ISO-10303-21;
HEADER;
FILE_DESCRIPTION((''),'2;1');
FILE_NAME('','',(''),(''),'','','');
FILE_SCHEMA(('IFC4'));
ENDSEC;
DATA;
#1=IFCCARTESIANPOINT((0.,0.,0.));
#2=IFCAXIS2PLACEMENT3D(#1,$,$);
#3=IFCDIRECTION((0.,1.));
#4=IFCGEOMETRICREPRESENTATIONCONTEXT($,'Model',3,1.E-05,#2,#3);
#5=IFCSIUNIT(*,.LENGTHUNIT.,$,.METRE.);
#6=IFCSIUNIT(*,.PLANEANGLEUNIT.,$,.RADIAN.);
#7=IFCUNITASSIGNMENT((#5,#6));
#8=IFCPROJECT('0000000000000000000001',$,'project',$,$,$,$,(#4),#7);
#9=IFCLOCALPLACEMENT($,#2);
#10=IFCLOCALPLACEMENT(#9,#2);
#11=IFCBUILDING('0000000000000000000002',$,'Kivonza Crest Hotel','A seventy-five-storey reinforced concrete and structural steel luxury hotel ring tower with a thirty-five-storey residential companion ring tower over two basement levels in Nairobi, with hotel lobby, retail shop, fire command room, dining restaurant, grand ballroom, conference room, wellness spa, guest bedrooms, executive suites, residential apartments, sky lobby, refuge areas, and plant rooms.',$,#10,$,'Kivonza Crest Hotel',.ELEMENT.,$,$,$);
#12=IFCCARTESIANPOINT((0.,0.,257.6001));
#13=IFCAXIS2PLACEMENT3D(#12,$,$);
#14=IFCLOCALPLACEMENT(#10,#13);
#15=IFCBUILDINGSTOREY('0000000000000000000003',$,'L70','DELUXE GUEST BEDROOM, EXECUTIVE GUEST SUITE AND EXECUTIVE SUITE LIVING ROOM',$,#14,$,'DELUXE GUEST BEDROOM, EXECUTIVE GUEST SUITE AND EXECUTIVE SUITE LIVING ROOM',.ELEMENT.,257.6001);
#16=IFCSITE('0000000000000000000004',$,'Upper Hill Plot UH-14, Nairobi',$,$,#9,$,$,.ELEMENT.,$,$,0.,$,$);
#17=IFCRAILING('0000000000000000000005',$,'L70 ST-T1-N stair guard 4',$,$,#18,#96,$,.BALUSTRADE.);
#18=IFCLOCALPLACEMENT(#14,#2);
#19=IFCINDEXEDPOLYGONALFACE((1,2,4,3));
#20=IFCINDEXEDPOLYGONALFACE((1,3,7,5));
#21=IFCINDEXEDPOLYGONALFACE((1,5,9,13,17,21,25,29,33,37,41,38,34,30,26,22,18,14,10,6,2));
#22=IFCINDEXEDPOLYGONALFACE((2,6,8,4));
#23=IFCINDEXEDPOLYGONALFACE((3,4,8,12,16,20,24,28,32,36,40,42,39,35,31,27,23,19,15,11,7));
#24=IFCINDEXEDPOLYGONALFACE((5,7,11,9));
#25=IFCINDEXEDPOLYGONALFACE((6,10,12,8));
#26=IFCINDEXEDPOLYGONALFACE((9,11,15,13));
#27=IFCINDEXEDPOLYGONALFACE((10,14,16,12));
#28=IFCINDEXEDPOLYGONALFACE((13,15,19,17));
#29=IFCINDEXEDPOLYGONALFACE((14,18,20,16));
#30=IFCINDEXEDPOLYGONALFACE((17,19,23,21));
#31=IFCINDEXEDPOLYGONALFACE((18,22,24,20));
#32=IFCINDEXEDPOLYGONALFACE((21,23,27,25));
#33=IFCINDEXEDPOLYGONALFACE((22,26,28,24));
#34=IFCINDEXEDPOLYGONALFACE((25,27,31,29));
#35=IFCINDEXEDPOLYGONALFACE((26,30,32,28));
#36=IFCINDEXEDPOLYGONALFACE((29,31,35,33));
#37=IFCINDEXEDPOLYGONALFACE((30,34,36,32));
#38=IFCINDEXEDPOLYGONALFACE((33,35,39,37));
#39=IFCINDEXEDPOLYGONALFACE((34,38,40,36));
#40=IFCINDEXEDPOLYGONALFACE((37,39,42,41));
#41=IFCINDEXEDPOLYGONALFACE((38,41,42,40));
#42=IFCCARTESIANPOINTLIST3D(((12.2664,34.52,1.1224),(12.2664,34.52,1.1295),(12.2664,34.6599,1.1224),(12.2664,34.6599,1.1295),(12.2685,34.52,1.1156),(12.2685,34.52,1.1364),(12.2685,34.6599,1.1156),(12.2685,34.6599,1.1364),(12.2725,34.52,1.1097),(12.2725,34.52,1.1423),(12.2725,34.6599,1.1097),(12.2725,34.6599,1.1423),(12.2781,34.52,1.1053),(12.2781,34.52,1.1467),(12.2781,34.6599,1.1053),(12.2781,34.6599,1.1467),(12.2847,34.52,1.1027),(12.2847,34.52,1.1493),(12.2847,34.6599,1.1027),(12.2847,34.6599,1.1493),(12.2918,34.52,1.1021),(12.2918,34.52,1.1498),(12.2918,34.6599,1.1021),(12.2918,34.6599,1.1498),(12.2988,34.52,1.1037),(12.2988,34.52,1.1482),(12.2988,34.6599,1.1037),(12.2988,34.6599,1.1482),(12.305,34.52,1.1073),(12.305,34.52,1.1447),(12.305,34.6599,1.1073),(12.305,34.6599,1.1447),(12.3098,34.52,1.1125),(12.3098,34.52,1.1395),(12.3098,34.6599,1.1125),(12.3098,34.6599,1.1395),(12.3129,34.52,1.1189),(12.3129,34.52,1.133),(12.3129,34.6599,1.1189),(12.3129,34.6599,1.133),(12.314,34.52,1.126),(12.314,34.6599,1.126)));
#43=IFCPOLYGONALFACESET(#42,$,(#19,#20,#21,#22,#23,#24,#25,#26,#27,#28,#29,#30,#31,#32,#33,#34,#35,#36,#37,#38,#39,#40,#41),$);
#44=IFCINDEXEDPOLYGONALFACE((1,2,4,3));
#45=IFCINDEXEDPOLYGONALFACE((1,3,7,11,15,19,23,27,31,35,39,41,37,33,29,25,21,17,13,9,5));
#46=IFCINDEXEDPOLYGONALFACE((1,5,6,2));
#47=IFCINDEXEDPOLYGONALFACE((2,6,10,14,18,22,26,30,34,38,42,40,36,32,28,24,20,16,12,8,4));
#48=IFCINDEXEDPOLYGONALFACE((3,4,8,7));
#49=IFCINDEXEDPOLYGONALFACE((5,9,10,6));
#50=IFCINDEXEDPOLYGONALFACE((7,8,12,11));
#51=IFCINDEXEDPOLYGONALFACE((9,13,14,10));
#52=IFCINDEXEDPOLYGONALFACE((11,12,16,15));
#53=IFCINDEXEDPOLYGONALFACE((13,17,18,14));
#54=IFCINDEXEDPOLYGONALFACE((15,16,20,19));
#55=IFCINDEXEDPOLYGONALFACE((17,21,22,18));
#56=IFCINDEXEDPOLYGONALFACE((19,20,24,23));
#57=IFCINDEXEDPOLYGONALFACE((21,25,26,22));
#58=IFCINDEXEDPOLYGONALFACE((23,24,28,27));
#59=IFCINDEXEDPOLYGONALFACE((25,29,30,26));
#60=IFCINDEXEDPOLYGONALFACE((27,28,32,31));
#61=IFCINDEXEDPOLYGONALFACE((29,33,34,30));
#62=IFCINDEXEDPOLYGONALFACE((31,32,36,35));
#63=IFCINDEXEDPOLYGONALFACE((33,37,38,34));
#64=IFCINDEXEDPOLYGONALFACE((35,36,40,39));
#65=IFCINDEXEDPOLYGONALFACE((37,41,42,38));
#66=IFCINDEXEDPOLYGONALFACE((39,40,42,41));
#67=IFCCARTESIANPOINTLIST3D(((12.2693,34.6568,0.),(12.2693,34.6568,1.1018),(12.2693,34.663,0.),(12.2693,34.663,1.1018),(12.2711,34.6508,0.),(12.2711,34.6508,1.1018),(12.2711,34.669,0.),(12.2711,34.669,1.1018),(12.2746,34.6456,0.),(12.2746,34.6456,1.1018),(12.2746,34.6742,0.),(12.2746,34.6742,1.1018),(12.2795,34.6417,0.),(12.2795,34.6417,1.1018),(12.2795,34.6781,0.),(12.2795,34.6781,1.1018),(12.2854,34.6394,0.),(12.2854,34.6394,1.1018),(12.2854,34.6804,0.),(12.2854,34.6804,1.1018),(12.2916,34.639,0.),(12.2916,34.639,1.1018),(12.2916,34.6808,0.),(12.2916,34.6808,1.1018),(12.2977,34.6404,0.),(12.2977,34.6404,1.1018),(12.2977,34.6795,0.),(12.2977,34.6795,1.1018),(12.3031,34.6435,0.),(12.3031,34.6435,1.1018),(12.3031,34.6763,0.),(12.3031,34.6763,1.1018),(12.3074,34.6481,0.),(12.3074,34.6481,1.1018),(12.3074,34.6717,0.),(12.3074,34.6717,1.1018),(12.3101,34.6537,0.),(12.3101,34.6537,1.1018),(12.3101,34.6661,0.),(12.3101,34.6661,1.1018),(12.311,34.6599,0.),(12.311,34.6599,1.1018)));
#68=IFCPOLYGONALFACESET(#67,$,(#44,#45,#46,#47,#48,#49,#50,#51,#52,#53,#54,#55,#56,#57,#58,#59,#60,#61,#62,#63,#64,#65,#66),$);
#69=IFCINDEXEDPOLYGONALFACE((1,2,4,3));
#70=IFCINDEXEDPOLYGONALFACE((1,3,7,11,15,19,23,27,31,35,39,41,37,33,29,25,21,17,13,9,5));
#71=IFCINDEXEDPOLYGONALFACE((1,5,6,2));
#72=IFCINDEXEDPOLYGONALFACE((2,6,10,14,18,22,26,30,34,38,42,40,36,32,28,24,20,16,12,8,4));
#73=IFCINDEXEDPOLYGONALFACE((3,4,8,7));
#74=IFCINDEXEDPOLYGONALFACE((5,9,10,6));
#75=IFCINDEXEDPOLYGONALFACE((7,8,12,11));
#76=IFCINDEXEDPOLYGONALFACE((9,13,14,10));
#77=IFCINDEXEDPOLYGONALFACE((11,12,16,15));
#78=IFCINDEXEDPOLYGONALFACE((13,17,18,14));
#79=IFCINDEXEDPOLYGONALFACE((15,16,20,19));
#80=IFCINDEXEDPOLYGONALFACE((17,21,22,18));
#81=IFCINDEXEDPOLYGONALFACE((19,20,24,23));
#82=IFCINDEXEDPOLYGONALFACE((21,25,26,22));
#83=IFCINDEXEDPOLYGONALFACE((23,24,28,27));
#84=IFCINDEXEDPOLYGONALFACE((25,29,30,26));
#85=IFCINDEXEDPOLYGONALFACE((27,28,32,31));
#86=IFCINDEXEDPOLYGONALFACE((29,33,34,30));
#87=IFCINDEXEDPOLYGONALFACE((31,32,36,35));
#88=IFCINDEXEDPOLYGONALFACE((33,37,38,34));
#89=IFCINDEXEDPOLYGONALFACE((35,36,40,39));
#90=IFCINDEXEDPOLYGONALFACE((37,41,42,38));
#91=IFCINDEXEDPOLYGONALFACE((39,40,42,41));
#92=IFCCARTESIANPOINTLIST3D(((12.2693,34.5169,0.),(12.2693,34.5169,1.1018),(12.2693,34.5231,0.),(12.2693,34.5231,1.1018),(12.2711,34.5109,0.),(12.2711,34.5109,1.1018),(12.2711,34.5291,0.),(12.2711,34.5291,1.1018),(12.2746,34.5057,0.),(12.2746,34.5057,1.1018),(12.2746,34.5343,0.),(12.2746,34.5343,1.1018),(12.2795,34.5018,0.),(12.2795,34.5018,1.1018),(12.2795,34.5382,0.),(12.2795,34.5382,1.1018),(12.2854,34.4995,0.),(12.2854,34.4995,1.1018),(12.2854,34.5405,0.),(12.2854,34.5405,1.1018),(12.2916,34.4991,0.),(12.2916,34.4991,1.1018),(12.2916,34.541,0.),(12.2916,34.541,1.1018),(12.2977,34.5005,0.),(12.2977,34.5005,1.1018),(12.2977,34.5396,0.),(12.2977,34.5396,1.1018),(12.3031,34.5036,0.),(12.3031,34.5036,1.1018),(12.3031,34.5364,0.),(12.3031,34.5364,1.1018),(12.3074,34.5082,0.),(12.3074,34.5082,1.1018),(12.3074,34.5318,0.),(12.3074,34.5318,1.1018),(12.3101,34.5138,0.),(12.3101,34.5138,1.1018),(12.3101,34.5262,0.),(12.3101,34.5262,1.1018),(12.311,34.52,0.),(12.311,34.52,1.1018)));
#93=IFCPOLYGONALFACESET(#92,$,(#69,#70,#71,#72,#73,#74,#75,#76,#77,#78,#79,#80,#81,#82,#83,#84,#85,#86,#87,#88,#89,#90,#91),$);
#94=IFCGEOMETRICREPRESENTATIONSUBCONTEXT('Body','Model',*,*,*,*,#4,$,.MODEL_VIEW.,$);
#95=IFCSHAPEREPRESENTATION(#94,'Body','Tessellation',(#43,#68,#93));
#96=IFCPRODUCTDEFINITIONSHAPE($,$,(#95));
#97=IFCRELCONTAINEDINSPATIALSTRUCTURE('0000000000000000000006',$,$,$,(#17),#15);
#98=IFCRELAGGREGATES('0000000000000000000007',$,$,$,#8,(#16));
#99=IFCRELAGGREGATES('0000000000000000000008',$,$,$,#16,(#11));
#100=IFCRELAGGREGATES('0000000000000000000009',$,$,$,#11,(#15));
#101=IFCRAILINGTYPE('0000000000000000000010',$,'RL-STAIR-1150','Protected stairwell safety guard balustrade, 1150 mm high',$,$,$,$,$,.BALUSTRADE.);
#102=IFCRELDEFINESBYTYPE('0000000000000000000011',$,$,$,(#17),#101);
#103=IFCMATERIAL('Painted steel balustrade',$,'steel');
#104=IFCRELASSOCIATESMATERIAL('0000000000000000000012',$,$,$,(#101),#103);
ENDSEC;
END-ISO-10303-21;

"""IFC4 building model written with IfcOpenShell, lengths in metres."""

from ifc_helpers import new_model, si_unit, direction, frame, origin, origin_2d, place, context, subcontext, project, spatial, circle, extrude, material, type_object, element, save


model = new_model("IFC4")

# Units and contexts
model_context = context("Model", 3, precision=1e-05, world=origin(), true_north=direction((0.0, 1.0)))
body_context = subcontext(model_context, "Body", "Model", "MODEL_VIEW")
ifc_project = project(units=[si_unit("LENGTHUNIT", "METRE"), si_unit("PLANEANGLEUNIT", "RADIAN")], contexts=[model_context])

# Site, building, storey
site_placement = place(None, origin())
site = spatial("IfcSite", under=ifc_project, at=site_placement, Name="Upper Hill Plot UH-14, Nairobi", CompositionType="ELEMENT", RefElevation=0.0)
building_placement = place(site_placement, origin())
building = spatial("IfcBuilding", under=site, at=building_placement, Name="Kivonza Crest Hotel", Description="A seventy-five-storey reinforced concrete and structural steel luxury hotel ring tower with a thirty-five-storey residential companion ring tower over two basement levels in Nairobi, with hotel lobby, retail shop, fire command room, dining restaurant, grand ballroom, conference room, wellness spa, guest bedrooms, executive suites, residential apartments, sky lobby, refuge areas, and plant rooms.", LongName="Kivonza Crest Hotel", CompositionType="ELEMENT")
storey_placement = place(building_placement, frame((0.0, 0.0, 257.6001)))
storey = spatial("IfcBuildingStorey", under=building, at=storey_placement, Name="L70", Description="DELUXE GUEST BEDROOM, EXECUTIVE GUEST SUITE AND EXECUTIVE SUITE LIVING ROOM", LongName="DELUXE GUEST BEDROOM, EXECUTIVE GUEST SUITE AND EXECUTIVE SUITE LIVING ROOM", CompositionType="ELEMENT", Elevation=257.6001)

# Railing
ifc_material_1 = material(Name="Painted steel balustrade", Category="steel")
railing_type_1 = type_object("IfcRailingType", Name="RL-STAIR-1150", Description="Protected stairwell safety guard balustrade, 1150 mm high", PredefinedType="BALUSTRADE", material=ifc_material_1)
railing_1_placement = place(storey_placement, frame((12.29, 34.6599, 0.0)))
element("IfcRailing", 1, at=railing_1_placement, inside=storey, type_object=railing_type_1, Name="L70 ST-T1-N stair guard 4", PredefinedType="BALUSTRADE", context=body_context, shape_type="SweptSolid", body=[
    extrude(circle(Radius=0.0239, at=origin_2d()), frame((0.0, 0.0, 1.126), z_axis=(0.0, -1.0, 0.0), x_axis=(1.0, 0.0, 0.0)), (0.0, 0.0, 1.0), 0.1399),
    extrude(circle(Radius=0.021, at=origin_2d()), origin(), (0.0, 0.0, 1.0), 1.1018),
    extrude(circle(Radius=0.021, at=origin_2d()), frame((0.0, -0.1399, 0.0)), (0.0, 0.0, 1.0), 1.1018),
])

save(model, "model.ifc")
